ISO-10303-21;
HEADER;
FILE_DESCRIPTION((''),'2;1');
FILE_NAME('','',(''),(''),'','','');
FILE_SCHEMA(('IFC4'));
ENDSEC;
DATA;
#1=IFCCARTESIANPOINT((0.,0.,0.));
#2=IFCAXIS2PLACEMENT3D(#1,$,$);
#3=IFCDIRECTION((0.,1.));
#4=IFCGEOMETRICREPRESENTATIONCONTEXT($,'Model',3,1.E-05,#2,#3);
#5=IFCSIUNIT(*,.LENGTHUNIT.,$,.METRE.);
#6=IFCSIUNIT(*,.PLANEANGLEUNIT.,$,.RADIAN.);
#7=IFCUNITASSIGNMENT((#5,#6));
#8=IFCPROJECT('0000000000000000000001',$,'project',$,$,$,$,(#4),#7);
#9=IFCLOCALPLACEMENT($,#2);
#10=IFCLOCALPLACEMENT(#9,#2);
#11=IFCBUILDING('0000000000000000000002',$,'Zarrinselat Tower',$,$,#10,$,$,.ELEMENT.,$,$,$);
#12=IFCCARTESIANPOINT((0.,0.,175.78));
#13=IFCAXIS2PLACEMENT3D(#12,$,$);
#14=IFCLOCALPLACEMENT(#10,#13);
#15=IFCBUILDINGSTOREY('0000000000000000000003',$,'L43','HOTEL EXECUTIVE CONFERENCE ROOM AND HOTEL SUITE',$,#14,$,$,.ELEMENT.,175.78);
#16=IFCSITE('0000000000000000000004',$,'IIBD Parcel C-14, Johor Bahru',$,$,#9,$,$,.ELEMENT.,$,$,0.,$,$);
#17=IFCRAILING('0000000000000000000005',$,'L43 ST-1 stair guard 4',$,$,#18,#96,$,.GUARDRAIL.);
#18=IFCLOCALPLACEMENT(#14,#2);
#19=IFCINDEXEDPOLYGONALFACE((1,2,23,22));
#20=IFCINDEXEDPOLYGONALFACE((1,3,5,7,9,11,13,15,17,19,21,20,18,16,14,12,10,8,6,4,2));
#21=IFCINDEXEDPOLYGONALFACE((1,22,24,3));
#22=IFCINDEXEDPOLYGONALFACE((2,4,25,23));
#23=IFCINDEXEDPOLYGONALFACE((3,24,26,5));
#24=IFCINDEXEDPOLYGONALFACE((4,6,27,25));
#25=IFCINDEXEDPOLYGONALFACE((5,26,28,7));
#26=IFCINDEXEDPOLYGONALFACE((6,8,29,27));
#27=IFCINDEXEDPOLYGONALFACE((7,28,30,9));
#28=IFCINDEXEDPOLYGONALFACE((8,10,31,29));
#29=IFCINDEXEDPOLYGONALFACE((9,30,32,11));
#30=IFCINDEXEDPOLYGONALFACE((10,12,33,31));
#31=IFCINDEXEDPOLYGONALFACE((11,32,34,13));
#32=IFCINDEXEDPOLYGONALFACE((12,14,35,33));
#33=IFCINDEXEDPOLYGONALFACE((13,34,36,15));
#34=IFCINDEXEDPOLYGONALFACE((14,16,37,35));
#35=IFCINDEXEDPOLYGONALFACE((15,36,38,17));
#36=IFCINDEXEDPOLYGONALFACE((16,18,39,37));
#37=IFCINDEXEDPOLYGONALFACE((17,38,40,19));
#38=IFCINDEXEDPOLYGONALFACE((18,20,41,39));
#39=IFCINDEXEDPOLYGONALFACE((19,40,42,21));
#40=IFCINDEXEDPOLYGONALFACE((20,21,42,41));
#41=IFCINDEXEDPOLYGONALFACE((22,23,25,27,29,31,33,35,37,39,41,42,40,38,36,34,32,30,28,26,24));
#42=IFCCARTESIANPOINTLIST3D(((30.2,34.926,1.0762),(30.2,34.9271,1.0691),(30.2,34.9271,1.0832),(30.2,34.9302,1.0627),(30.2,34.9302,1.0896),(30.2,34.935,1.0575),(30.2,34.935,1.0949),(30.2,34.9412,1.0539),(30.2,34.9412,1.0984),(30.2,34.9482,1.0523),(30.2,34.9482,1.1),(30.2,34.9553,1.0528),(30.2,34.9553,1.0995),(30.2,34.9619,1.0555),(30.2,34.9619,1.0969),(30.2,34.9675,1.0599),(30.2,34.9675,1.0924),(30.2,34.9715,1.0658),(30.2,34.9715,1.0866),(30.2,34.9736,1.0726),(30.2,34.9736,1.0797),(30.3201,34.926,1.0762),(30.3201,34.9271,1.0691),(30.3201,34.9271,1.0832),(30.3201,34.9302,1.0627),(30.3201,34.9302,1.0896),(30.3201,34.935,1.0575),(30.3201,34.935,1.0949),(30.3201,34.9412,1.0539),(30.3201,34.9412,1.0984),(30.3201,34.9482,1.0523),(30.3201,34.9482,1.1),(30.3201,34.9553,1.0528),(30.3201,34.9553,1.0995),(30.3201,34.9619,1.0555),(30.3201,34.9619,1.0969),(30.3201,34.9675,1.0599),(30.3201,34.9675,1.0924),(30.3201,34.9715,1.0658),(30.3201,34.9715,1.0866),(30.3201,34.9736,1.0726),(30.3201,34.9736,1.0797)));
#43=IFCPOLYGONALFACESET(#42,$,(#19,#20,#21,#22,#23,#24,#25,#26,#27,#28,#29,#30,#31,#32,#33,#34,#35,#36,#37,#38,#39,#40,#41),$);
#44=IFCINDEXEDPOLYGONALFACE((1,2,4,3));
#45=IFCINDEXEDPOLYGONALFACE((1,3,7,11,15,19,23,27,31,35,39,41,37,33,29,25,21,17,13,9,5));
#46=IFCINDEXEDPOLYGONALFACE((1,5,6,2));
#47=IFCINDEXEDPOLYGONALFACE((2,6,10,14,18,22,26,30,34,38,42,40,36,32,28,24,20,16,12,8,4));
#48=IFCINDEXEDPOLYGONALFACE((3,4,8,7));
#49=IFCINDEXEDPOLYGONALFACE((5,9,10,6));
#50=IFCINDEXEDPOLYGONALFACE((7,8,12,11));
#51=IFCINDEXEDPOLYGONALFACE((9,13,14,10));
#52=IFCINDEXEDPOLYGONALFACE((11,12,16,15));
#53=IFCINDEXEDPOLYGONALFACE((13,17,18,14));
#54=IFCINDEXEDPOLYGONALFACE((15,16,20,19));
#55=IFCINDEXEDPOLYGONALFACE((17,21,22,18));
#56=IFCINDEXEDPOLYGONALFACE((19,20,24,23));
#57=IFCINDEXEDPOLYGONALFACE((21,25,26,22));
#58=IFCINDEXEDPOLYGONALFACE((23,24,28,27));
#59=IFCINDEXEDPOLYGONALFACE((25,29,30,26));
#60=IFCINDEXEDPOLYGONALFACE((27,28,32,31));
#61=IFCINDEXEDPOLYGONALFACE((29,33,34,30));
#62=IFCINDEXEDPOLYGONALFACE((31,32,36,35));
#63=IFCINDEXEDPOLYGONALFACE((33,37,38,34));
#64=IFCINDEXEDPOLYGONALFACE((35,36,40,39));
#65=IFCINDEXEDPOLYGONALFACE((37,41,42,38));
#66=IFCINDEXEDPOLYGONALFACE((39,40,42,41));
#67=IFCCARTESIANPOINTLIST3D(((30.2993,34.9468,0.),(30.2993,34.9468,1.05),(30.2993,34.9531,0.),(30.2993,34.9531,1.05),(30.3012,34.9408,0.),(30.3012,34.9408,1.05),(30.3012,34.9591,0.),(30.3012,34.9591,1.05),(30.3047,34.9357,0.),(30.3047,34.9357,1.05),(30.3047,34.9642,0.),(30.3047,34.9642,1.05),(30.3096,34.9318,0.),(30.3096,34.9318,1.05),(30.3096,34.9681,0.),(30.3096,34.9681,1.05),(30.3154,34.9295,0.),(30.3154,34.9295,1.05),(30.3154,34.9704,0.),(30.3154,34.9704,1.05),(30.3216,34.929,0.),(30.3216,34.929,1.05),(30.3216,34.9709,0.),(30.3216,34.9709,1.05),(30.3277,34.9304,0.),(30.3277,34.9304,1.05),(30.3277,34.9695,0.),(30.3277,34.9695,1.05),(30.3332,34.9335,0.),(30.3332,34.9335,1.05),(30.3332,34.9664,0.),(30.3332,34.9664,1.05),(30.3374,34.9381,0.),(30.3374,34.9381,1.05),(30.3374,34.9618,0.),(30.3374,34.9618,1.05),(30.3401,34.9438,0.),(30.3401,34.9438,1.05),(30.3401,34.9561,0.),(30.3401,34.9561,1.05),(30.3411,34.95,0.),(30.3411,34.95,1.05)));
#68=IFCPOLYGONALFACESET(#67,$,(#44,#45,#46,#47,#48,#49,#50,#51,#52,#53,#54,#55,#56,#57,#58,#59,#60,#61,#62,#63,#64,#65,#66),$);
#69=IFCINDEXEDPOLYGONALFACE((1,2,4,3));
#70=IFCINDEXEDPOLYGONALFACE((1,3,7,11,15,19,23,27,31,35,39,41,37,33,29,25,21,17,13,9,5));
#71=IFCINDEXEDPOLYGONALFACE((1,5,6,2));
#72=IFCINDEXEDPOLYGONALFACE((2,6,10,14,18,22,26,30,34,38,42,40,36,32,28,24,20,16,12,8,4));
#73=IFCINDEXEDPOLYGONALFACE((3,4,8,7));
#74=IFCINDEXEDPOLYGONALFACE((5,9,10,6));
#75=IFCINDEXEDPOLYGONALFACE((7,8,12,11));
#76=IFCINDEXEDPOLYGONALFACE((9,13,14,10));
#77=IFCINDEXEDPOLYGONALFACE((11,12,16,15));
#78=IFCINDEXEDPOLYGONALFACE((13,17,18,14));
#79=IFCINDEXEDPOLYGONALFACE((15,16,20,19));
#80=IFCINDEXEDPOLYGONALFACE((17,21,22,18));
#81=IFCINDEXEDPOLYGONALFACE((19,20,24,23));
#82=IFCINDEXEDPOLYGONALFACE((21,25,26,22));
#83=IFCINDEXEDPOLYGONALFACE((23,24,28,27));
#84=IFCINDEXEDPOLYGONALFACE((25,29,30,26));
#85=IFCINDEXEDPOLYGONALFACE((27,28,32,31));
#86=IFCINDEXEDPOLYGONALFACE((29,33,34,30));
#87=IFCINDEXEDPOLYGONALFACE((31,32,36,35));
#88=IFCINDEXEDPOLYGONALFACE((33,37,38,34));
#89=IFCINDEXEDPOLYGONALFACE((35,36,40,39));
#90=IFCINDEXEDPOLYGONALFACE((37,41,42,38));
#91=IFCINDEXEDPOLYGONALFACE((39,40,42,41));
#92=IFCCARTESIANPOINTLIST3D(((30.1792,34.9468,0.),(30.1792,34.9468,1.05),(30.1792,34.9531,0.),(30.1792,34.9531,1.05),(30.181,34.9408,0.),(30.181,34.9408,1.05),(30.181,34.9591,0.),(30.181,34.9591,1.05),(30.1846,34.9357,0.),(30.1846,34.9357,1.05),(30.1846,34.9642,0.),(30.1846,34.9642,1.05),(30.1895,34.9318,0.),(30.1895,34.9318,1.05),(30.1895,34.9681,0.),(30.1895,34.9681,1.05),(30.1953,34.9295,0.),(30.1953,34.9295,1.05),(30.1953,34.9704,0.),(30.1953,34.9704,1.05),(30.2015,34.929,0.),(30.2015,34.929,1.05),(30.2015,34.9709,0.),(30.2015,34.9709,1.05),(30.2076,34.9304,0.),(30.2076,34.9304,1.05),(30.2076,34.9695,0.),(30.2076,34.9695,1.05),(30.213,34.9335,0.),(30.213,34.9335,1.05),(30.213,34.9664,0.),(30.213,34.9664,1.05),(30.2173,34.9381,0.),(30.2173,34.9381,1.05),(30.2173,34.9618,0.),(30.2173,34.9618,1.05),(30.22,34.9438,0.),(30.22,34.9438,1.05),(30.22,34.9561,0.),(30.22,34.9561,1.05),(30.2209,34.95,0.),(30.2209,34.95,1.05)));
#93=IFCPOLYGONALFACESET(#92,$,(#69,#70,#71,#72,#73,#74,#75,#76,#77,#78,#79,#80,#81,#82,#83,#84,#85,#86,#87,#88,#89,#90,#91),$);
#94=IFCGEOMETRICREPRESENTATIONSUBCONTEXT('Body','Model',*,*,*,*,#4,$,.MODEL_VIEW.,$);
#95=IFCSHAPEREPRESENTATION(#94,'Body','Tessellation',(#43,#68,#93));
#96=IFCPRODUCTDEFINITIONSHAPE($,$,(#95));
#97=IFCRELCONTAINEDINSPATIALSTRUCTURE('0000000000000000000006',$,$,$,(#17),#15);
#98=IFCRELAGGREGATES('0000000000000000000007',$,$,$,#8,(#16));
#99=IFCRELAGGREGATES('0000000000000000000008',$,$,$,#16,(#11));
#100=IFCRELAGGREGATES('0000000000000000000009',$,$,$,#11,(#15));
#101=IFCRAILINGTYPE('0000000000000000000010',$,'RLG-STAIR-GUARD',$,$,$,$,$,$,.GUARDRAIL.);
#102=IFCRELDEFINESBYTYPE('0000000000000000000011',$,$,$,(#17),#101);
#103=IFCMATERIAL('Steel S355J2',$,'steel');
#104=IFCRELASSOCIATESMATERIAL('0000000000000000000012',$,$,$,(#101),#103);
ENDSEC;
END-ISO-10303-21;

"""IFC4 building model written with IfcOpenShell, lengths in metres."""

from ifc_helpers import new_model, si_unit, direction, frame, origin, origin_2d, place, context, subcontext, project, spatial, circle, extrude, material, type_object, element, save


model = new_model("IFC4")

# Units and contexts
model_context = context("Model", 3, precision=1e-05, world=origin(), true_north=direction((0.0, 1.0)))
body_context = subcontext(model_context, "Body", "Model", "MODEL_VIEW")
ifc_project = project(units=[si_unit("LENGTHUNIT", "METRE"), si_unit("PLANEANGLEUNIT", "RADIAN")], contexts=[model_context])

# Site, building, storey
site_placement = place(None, origin())
site = spatial("IfcSite", under=ifc_project, at=site_placement, Name="IIBD Parcel C-14, Johor Bahru", CompositionType="ELEMENT", RefElevation=0.0)
building_placement = place(site_placement, origin())
building = spatial("IfcBuilding", under=site, at=building_placement, Name="Zarrinselat Tower", CompositionType="ELEMENT")
storey_placement = place(building_placement, frame((0.0, 0.0, 175.78)))
storey = spatial("IfcBuildingStorey", under=building, at=storey_placement, Name="L43", Description="HOTEL EXECUTIVE CONFERENCE ROOM AND HOTEL SUITE", CompositionType="ELEMENT", Elevation=175.78)

# Railing
ifc_material_1 = material(Name="Steel S355J2", Category="steel")
railing_type = type_object("IfcRailingType", Name="RLG-STAIR-GUARD", PredefinedType="GUARDRAIL", material=ifc_material_1)
railing_1_placement = place(storey_placement, frame((30.3201, 34.95, 0.0)))
element("IfcRailing", 1, at=railing_1_placement, inside=storey, type_object=railing_type, Name="L43 ST-1 stair guard 4", PredefinedType="GUARDRAIL", context=body_context, shape_type="SweptSolid", body=[
    extrude(circle(Radius=0.0239, at=origin_2d()), frame((0.0, 0.0, 1.0762), z_axis=(-1.0, 0.0, 0.0), x_axis=(0.0, -1.0, 0.0)), (0.0, 0.0, 1.0), 0.1201),
    extrude(circle(Radius=0.021, at=origin_2d()), origin(), (0.0, 0.0, 1.0), 1.05),
    extrude(circle(Radius=0.021, at=origin_2d()), frame((-0.1201, 0.0, 0.0)), (0.0, 0.0, 1.0), 1.05),
])

save(model, "model.ifc")
